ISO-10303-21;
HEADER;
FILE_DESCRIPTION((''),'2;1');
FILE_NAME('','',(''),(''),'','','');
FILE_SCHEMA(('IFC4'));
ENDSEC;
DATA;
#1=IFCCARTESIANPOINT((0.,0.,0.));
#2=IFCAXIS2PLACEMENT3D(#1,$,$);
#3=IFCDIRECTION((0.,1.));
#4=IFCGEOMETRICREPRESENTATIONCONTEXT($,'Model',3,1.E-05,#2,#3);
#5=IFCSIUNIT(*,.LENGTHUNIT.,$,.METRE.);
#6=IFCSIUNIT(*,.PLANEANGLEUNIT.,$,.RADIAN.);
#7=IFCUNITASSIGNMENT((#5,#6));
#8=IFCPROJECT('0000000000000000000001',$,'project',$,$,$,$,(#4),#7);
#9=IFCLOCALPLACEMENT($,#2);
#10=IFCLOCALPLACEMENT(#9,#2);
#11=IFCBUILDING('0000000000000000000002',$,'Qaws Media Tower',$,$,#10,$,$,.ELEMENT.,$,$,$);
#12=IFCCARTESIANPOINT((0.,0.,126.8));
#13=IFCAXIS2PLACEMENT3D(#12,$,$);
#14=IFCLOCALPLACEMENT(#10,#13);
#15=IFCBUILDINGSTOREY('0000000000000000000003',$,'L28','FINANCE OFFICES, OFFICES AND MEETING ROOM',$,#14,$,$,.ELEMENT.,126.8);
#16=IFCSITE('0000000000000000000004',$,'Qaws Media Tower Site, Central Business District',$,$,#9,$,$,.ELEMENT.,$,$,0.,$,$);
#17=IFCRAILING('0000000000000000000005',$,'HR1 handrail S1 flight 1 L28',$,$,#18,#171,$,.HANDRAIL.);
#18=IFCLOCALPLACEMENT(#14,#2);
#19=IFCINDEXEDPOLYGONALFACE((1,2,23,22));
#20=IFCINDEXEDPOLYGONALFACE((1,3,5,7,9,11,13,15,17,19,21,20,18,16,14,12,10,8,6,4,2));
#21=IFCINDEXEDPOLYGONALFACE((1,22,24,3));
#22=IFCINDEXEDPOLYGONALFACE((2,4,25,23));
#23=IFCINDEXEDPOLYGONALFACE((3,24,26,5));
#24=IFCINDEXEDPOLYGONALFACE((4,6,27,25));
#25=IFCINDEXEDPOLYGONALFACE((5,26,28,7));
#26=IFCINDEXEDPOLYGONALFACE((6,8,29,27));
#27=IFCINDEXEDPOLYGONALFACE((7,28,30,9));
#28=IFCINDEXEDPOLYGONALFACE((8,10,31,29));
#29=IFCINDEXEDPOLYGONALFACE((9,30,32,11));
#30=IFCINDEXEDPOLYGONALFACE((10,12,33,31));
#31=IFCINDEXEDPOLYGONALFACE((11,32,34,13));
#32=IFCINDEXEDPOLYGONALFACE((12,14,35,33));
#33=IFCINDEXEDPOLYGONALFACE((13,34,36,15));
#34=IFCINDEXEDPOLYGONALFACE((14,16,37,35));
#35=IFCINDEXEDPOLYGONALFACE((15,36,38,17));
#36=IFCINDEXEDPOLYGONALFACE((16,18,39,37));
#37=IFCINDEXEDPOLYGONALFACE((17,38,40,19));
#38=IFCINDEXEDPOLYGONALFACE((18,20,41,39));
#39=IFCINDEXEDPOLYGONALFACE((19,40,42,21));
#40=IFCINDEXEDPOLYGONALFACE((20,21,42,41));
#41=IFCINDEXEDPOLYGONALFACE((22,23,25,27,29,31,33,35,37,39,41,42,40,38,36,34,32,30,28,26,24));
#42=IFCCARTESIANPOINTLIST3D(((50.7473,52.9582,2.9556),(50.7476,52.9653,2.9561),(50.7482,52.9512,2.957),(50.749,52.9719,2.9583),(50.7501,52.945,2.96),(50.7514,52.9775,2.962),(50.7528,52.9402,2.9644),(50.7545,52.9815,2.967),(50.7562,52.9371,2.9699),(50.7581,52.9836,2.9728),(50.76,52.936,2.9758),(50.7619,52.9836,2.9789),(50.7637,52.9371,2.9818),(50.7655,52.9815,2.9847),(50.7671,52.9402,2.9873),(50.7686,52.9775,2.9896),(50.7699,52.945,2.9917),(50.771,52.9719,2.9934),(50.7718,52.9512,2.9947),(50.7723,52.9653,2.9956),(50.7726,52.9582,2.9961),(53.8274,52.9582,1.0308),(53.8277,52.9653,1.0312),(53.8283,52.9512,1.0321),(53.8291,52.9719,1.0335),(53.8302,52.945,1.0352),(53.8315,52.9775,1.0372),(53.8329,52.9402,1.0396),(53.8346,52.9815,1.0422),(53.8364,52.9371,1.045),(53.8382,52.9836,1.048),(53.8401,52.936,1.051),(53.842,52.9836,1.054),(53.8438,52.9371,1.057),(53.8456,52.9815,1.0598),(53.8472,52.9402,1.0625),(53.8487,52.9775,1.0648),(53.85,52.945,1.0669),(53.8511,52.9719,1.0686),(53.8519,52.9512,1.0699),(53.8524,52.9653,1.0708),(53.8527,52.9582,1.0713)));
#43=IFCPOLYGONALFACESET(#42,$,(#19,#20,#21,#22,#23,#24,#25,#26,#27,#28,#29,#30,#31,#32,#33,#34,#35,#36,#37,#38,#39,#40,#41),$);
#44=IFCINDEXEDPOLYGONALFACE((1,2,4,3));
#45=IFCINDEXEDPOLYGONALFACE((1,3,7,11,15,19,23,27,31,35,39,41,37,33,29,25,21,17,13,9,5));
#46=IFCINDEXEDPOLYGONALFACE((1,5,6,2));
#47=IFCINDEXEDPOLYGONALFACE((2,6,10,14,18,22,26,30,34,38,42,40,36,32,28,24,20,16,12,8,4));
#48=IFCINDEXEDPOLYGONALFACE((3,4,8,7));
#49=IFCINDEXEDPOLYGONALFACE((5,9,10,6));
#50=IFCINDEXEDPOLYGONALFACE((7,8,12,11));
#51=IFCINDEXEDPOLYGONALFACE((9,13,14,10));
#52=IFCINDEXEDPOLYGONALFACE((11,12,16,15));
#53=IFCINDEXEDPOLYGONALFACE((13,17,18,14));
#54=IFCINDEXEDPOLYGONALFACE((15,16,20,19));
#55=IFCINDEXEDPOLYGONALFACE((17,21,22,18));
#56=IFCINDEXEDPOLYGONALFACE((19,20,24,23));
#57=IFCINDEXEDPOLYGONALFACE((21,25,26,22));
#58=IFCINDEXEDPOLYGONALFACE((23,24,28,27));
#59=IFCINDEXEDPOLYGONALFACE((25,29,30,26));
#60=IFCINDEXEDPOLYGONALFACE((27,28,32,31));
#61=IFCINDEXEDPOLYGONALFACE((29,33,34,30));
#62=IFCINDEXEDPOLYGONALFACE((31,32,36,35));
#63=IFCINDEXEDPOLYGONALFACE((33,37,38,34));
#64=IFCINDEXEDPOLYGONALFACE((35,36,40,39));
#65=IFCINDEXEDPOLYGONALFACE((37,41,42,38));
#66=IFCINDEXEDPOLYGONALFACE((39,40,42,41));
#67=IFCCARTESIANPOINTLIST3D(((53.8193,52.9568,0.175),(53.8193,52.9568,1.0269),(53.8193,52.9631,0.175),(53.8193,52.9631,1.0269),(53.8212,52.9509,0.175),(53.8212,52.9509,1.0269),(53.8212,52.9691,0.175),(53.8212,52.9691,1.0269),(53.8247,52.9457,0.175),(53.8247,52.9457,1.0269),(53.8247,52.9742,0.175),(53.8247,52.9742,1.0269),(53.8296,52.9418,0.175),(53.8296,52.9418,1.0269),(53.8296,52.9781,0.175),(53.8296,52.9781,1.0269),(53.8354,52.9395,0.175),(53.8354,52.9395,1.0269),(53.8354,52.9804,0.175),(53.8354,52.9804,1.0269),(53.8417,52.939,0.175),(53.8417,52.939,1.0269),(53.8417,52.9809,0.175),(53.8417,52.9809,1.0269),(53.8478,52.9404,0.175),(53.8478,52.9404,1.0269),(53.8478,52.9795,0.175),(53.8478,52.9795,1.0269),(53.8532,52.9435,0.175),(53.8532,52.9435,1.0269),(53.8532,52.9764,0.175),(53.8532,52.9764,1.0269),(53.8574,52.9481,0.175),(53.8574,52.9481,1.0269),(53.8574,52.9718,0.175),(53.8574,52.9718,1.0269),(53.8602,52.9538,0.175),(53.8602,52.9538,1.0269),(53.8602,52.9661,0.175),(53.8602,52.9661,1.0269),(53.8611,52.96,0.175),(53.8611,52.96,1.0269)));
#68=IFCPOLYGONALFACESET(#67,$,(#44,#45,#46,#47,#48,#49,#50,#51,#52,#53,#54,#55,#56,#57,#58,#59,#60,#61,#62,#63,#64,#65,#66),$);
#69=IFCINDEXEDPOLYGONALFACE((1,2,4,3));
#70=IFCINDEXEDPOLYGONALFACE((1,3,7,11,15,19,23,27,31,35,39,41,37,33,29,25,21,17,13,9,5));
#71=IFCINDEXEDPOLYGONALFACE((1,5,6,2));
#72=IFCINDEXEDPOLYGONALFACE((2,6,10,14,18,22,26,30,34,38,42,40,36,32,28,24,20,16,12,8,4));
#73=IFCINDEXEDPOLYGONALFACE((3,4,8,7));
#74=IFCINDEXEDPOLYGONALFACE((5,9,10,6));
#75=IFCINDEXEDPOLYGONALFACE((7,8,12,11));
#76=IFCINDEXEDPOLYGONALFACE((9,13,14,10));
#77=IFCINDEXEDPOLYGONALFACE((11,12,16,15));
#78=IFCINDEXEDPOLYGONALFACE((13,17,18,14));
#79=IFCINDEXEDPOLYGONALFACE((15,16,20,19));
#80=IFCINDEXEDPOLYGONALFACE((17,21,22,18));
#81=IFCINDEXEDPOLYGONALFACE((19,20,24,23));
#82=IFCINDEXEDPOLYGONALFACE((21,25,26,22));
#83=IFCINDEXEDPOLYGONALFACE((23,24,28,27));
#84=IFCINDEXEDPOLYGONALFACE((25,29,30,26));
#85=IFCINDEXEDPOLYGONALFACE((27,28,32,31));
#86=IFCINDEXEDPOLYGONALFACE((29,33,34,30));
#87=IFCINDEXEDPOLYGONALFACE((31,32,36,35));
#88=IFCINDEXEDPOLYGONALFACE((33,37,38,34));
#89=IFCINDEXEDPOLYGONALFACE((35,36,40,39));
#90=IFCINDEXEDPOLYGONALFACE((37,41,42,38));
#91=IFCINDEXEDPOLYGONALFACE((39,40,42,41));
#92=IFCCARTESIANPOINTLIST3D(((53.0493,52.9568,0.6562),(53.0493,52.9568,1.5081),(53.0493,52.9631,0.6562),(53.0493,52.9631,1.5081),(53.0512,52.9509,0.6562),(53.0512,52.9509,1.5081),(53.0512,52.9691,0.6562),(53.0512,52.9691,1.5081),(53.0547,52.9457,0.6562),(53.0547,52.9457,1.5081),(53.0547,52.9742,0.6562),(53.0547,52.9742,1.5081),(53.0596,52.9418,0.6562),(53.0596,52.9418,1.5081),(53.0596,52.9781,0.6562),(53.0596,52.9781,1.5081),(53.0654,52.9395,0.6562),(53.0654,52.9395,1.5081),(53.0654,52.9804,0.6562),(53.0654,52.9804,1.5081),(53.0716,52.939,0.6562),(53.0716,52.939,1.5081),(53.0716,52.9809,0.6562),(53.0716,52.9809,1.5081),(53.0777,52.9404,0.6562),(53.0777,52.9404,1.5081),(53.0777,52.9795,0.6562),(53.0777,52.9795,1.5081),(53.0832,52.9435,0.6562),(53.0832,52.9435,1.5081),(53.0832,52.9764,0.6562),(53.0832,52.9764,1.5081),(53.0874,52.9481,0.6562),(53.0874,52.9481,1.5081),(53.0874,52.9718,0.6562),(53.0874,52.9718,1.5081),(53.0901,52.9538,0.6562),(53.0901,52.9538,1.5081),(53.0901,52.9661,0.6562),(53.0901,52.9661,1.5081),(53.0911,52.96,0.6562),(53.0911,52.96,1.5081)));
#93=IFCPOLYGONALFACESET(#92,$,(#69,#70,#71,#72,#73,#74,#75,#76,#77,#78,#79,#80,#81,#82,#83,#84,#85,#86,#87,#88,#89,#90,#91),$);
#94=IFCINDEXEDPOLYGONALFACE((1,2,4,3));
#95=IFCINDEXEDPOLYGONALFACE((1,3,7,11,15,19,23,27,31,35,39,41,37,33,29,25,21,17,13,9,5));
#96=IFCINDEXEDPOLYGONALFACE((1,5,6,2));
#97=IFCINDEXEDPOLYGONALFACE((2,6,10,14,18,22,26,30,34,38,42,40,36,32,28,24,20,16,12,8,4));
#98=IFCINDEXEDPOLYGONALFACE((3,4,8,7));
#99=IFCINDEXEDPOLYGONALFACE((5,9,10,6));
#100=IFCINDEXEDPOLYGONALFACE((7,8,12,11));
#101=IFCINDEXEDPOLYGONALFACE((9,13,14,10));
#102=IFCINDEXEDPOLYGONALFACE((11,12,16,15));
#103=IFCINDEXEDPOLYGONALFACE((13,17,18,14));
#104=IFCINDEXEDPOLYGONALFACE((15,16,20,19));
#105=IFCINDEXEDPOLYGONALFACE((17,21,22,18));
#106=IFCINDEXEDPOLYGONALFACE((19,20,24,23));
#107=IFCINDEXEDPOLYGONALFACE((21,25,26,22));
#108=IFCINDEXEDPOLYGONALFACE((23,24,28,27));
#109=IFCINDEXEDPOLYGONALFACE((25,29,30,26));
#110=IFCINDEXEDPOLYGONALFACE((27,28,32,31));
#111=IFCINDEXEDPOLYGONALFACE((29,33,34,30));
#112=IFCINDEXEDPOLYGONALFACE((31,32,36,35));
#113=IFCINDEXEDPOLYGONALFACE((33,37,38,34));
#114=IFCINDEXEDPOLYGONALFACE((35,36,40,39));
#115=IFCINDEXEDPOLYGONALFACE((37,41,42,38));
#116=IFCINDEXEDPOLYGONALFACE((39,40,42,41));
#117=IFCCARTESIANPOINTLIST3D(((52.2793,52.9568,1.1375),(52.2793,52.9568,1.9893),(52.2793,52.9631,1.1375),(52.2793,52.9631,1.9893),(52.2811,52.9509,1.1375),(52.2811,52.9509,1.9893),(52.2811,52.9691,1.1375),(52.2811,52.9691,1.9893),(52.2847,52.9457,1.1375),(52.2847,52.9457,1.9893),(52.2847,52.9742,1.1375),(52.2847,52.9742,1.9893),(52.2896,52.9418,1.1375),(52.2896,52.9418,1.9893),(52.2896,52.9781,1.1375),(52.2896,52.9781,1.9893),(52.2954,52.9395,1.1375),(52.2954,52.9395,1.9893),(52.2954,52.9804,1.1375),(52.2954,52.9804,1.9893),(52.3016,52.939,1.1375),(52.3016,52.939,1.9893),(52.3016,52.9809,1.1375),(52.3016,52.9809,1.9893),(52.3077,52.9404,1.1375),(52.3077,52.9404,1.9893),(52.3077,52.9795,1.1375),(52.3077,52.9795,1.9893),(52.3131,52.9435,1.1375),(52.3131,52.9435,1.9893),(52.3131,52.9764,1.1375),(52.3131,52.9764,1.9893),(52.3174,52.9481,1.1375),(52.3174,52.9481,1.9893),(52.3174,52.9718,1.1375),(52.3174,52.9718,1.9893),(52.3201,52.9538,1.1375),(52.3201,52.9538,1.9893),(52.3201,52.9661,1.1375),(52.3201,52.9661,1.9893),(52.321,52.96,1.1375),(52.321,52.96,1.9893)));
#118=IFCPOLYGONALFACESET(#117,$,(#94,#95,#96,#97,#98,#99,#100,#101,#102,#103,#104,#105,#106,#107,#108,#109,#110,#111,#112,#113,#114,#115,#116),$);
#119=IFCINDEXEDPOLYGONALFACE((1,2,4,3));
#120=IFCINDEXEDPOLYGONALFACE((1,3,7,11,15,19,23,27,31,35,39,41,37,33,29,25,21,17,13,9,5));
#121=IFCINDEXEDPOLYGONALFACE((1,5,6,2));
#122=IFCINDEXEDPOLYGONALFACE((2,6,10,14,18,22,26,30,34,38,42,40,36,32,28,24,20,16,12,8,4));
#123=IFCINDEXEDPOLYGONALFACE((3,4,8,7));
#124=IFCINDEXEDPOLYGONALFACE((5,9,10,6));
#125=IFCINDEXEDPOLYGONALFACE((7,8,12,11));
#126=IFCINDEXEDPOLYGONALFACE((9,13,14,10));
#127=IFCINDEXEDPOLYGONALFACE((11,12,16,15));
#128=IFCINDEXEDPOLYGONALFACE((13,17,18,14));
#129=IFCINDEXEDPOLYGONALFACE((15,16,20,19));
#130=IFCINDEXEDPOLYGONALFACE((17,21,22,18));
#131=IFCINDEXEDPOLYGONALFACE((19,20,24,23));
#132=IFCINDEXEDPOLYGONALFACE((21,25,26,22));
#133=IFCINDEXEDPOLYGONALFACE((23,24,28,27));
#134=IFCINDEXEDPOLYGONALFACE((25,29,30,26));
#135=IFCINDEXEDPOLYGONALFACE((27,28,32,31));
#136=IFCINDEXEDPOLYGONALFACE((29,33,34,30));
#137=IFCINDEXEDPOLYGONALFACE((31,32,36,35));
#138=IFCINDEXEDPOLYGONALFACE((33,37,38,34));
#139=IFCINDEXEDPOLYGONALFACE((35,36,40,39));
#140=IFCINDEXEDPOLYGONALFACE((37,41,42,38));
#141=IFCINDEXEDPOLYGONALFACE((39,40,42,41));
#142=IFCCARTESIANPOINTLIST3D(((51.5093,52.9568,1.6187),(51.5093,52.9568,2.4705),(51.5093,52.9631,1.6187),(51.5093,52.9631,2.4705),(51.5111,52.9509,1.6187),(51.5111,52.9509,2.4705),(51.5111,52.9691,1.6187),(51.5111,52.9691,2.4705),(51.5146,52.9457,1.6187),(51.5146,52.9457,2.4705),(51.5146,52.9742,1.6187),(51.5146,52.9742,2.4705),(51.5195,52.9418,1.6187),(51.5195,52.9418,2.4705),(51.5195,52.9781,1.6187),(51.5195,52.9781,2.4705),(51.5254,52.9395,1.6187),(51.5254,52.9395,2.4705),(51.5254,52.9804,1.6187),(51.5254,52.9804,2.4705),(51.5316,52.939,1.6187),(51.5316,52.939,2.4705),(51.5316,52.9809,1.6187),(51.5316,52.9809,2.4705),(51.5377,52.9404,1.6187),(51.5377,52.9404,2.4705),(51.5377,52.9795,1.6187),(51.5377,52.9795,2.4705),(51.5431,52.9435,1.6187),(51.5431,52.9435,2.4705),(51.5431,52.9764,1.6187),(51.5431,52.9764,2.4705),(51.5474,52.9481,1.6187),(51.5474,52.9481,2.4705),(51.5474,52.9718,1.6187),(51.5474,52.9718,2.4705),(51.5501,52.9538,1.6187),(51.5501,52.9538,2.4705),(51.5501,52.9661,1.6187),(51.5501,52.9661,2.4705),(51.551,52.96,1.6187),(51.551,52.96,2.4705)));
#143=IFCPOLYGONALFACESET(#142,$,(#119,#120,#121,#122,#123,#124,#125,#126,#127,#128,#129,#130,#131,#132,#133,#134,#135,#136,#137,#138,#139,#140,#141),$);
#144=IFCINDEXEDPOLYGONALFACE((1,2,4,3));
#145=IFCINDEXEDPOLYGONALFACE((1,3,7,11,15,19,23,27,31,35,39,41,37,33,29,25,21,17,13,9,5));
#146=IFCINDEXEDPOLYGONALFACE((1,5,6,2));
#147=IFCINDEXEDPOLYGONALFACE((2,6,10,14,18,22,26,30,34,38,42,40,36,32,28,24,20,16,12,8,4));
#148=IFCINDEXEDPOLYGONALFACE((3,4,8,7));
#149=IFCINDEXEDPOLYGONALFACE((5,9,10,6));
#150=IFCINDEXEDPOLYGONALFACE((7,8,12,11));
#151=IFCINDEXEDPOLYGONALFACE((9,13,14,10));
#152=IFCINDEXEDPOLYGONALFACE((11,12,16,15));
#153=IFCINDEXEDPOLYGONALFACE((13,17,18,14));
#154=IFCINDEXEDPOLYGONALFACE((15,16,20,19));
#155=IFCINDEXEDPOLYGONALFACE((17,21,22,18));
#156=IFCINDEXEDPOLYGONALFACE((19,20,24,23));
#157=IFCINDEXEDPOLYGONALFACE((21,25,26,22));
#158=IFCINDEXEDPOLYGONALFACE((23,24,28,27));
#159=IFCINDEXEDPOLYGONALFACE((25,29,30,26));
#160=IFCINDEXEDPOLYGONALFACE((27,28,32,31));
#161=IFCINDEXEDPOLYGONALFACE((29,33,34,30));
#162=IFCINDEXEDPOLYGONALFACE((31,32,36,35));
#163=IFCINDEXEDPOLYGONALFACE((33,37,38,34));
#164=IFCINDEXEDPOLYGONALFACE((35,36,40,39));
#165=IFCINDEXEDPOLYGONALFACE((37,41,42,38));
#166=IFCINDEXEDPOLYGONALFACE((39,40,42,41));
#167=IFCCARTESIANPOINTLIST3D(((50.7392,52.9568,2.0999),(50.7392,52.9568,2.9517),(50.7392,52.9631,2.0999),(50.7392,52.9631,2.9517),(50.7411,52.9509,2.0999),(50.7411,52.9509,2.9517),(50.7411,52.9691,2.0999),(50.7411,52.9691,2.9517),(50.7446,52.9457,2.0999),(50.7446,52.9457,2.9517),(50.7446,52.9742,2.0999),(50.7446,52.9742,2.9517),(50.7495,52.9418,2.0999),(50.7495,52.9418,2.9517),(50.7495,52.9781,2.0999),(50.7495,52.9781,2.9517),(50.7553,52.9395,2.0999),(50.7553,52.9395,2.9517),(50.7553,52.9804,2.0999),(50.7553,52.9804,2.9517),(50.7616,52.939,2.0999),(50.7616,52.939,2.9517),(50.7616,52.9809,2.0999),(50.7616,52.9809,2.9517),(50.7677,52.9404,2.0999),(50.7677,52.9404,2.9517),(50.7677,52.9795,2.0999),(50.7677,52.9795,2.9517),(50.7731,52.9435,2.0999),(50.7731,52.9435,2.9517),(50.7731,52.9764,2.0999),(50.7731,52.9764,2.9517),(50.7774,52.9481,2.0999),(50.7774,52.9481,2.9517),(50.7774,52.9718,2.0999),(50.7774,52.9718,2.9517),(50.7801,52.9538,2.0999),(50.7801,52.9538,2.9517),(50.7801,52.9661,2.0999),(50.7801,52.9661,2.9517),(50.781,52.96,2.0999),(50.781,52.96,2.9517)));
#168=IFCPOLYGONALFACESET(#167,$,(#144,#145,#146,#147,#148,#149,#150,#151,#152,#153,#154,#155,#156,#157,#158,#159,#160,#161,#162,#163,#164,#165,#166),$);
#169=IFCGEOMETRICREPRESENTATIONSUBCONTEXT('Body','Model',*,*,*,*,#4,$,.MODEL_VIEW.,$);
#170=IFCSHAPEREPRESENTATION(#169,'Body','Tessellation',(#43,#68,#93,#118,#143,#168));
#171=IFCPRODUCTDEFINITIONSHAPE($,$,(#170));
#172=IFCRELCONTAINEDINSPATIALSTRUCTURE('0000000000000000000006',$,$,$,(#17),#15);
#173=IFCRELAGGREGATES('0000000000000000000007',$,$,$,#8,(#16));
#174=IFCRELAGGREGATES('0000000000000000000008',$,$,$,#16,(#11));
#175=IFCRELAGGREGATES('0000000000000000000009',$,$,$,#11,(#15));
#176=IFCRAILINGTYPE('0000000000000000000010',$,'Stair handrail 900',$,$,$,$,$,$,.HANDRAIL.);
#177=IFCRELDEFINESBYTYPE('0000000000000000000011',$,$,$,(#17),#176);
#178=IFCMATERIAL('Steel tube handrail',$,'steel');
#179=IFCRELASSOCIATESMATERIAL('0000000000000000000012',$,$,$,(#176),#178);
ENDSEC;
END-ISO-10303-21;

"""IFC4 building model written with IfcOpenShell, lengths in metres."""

from ifc_helpers import new_model, si_unit, direction, frame, origin, origin_2d, place, context, subcontext, project, spatial, circle, extrude, material, type_object, element, save


model = new_model("IFC4")

# Units and contexts
model_context = context("Model", 3, precision=1e-05, world=origin(), true_north=direction((0.0, 1.0)))
body_context = subcontext(model_context, "Body", "Model", "MODEL_VIEW")
ifc_project = project(units=[si_unit("LENGTHUNIT", "METRE"), si_unit("PLANEANGLEUNIT", "RADIAN")], contexts=[model_context])

# Site, building, storey
site_placement = place(None, origin())
site = spatial("IfcSite", under=ifc_project, at=site_placement, Name="Qaws Media Tower Site, Central Business District", CompositionType="ELEMENT", RefElevation=0.0)
building_placement = place(site_placement, origin())
building = spatial("IfcBuilding", under=site, at=building_placement, Name="Qaws Media Tower", CompositionType="ELEMENT")
storey_placement = place(building_placement, frame((0.0, 0.0, 126.8)))
storey = spatial("IfcBuildingStorey", under=building, at=storey_placement, Name="L28", Description="FINANCE OFFICES, OFFICES AND MEETING ROOM", CompositionType="ELEMENT", Elevation=126.8)

# Railing
ifc_material_1 = material(Name="Steel tube handrail", Category="steel")
railing_type = type_object("IfcRailingType", Name="Stair handrail 900", PredefinedType="HANDRAIL", material=ifc_material_1)
for number, where, name in (
    (1, (53.8401, 52.96, 0.175), "HR1 handrail S1 flight 1 L28"),
):
    element("IfcRailing", number, at=place(storey_placement, frame(where)), inside=storey, type_object=railing_type, Name=name, PredefinedType="HANDRAIL", context=body_context, shape_type="SweptSolid", body=[
        extrude(circle(Radius=0.0239, at=origin_2d()), frame((0.0, 0.0, 0.876), z_axis=(-0.848029, 0.0, 0.529951), x_axis=(0.0, -1.0, 0.0)), (0.0, 0.0, 1.0), 3.6321),
        extrude(circle(Radius=0.021, at=origin_2d()), origin(), (0.0, 0.0, 1.0), 0.8518),
        extrude(circle(Radius=0.021, at=origin_2d()), frame((-0.77, 0.0, 0.4812)), (0.0, 0.0, 1.0), 0.8518),
        extrude(circle(Radius=0.021, at=origin_2d()), frame((-1.54, 0.0, 0.9624)), (0.0, 0.0, 1.0), 0.8518),
        extrude(circle(Radius=0.021, at=origin_2d()), frame((-2.3101, 0.0, 1.4436)), (0.0, 0.0, 1.0), 0.8518),
        extrude(circle(Radius=0.021, at=origin_2d()), frame((-3.0801, 0.0, 1.9248)), (0.0, 0.0, 1.0), 0.8518),
    ])

save(model, "model.ifc")
